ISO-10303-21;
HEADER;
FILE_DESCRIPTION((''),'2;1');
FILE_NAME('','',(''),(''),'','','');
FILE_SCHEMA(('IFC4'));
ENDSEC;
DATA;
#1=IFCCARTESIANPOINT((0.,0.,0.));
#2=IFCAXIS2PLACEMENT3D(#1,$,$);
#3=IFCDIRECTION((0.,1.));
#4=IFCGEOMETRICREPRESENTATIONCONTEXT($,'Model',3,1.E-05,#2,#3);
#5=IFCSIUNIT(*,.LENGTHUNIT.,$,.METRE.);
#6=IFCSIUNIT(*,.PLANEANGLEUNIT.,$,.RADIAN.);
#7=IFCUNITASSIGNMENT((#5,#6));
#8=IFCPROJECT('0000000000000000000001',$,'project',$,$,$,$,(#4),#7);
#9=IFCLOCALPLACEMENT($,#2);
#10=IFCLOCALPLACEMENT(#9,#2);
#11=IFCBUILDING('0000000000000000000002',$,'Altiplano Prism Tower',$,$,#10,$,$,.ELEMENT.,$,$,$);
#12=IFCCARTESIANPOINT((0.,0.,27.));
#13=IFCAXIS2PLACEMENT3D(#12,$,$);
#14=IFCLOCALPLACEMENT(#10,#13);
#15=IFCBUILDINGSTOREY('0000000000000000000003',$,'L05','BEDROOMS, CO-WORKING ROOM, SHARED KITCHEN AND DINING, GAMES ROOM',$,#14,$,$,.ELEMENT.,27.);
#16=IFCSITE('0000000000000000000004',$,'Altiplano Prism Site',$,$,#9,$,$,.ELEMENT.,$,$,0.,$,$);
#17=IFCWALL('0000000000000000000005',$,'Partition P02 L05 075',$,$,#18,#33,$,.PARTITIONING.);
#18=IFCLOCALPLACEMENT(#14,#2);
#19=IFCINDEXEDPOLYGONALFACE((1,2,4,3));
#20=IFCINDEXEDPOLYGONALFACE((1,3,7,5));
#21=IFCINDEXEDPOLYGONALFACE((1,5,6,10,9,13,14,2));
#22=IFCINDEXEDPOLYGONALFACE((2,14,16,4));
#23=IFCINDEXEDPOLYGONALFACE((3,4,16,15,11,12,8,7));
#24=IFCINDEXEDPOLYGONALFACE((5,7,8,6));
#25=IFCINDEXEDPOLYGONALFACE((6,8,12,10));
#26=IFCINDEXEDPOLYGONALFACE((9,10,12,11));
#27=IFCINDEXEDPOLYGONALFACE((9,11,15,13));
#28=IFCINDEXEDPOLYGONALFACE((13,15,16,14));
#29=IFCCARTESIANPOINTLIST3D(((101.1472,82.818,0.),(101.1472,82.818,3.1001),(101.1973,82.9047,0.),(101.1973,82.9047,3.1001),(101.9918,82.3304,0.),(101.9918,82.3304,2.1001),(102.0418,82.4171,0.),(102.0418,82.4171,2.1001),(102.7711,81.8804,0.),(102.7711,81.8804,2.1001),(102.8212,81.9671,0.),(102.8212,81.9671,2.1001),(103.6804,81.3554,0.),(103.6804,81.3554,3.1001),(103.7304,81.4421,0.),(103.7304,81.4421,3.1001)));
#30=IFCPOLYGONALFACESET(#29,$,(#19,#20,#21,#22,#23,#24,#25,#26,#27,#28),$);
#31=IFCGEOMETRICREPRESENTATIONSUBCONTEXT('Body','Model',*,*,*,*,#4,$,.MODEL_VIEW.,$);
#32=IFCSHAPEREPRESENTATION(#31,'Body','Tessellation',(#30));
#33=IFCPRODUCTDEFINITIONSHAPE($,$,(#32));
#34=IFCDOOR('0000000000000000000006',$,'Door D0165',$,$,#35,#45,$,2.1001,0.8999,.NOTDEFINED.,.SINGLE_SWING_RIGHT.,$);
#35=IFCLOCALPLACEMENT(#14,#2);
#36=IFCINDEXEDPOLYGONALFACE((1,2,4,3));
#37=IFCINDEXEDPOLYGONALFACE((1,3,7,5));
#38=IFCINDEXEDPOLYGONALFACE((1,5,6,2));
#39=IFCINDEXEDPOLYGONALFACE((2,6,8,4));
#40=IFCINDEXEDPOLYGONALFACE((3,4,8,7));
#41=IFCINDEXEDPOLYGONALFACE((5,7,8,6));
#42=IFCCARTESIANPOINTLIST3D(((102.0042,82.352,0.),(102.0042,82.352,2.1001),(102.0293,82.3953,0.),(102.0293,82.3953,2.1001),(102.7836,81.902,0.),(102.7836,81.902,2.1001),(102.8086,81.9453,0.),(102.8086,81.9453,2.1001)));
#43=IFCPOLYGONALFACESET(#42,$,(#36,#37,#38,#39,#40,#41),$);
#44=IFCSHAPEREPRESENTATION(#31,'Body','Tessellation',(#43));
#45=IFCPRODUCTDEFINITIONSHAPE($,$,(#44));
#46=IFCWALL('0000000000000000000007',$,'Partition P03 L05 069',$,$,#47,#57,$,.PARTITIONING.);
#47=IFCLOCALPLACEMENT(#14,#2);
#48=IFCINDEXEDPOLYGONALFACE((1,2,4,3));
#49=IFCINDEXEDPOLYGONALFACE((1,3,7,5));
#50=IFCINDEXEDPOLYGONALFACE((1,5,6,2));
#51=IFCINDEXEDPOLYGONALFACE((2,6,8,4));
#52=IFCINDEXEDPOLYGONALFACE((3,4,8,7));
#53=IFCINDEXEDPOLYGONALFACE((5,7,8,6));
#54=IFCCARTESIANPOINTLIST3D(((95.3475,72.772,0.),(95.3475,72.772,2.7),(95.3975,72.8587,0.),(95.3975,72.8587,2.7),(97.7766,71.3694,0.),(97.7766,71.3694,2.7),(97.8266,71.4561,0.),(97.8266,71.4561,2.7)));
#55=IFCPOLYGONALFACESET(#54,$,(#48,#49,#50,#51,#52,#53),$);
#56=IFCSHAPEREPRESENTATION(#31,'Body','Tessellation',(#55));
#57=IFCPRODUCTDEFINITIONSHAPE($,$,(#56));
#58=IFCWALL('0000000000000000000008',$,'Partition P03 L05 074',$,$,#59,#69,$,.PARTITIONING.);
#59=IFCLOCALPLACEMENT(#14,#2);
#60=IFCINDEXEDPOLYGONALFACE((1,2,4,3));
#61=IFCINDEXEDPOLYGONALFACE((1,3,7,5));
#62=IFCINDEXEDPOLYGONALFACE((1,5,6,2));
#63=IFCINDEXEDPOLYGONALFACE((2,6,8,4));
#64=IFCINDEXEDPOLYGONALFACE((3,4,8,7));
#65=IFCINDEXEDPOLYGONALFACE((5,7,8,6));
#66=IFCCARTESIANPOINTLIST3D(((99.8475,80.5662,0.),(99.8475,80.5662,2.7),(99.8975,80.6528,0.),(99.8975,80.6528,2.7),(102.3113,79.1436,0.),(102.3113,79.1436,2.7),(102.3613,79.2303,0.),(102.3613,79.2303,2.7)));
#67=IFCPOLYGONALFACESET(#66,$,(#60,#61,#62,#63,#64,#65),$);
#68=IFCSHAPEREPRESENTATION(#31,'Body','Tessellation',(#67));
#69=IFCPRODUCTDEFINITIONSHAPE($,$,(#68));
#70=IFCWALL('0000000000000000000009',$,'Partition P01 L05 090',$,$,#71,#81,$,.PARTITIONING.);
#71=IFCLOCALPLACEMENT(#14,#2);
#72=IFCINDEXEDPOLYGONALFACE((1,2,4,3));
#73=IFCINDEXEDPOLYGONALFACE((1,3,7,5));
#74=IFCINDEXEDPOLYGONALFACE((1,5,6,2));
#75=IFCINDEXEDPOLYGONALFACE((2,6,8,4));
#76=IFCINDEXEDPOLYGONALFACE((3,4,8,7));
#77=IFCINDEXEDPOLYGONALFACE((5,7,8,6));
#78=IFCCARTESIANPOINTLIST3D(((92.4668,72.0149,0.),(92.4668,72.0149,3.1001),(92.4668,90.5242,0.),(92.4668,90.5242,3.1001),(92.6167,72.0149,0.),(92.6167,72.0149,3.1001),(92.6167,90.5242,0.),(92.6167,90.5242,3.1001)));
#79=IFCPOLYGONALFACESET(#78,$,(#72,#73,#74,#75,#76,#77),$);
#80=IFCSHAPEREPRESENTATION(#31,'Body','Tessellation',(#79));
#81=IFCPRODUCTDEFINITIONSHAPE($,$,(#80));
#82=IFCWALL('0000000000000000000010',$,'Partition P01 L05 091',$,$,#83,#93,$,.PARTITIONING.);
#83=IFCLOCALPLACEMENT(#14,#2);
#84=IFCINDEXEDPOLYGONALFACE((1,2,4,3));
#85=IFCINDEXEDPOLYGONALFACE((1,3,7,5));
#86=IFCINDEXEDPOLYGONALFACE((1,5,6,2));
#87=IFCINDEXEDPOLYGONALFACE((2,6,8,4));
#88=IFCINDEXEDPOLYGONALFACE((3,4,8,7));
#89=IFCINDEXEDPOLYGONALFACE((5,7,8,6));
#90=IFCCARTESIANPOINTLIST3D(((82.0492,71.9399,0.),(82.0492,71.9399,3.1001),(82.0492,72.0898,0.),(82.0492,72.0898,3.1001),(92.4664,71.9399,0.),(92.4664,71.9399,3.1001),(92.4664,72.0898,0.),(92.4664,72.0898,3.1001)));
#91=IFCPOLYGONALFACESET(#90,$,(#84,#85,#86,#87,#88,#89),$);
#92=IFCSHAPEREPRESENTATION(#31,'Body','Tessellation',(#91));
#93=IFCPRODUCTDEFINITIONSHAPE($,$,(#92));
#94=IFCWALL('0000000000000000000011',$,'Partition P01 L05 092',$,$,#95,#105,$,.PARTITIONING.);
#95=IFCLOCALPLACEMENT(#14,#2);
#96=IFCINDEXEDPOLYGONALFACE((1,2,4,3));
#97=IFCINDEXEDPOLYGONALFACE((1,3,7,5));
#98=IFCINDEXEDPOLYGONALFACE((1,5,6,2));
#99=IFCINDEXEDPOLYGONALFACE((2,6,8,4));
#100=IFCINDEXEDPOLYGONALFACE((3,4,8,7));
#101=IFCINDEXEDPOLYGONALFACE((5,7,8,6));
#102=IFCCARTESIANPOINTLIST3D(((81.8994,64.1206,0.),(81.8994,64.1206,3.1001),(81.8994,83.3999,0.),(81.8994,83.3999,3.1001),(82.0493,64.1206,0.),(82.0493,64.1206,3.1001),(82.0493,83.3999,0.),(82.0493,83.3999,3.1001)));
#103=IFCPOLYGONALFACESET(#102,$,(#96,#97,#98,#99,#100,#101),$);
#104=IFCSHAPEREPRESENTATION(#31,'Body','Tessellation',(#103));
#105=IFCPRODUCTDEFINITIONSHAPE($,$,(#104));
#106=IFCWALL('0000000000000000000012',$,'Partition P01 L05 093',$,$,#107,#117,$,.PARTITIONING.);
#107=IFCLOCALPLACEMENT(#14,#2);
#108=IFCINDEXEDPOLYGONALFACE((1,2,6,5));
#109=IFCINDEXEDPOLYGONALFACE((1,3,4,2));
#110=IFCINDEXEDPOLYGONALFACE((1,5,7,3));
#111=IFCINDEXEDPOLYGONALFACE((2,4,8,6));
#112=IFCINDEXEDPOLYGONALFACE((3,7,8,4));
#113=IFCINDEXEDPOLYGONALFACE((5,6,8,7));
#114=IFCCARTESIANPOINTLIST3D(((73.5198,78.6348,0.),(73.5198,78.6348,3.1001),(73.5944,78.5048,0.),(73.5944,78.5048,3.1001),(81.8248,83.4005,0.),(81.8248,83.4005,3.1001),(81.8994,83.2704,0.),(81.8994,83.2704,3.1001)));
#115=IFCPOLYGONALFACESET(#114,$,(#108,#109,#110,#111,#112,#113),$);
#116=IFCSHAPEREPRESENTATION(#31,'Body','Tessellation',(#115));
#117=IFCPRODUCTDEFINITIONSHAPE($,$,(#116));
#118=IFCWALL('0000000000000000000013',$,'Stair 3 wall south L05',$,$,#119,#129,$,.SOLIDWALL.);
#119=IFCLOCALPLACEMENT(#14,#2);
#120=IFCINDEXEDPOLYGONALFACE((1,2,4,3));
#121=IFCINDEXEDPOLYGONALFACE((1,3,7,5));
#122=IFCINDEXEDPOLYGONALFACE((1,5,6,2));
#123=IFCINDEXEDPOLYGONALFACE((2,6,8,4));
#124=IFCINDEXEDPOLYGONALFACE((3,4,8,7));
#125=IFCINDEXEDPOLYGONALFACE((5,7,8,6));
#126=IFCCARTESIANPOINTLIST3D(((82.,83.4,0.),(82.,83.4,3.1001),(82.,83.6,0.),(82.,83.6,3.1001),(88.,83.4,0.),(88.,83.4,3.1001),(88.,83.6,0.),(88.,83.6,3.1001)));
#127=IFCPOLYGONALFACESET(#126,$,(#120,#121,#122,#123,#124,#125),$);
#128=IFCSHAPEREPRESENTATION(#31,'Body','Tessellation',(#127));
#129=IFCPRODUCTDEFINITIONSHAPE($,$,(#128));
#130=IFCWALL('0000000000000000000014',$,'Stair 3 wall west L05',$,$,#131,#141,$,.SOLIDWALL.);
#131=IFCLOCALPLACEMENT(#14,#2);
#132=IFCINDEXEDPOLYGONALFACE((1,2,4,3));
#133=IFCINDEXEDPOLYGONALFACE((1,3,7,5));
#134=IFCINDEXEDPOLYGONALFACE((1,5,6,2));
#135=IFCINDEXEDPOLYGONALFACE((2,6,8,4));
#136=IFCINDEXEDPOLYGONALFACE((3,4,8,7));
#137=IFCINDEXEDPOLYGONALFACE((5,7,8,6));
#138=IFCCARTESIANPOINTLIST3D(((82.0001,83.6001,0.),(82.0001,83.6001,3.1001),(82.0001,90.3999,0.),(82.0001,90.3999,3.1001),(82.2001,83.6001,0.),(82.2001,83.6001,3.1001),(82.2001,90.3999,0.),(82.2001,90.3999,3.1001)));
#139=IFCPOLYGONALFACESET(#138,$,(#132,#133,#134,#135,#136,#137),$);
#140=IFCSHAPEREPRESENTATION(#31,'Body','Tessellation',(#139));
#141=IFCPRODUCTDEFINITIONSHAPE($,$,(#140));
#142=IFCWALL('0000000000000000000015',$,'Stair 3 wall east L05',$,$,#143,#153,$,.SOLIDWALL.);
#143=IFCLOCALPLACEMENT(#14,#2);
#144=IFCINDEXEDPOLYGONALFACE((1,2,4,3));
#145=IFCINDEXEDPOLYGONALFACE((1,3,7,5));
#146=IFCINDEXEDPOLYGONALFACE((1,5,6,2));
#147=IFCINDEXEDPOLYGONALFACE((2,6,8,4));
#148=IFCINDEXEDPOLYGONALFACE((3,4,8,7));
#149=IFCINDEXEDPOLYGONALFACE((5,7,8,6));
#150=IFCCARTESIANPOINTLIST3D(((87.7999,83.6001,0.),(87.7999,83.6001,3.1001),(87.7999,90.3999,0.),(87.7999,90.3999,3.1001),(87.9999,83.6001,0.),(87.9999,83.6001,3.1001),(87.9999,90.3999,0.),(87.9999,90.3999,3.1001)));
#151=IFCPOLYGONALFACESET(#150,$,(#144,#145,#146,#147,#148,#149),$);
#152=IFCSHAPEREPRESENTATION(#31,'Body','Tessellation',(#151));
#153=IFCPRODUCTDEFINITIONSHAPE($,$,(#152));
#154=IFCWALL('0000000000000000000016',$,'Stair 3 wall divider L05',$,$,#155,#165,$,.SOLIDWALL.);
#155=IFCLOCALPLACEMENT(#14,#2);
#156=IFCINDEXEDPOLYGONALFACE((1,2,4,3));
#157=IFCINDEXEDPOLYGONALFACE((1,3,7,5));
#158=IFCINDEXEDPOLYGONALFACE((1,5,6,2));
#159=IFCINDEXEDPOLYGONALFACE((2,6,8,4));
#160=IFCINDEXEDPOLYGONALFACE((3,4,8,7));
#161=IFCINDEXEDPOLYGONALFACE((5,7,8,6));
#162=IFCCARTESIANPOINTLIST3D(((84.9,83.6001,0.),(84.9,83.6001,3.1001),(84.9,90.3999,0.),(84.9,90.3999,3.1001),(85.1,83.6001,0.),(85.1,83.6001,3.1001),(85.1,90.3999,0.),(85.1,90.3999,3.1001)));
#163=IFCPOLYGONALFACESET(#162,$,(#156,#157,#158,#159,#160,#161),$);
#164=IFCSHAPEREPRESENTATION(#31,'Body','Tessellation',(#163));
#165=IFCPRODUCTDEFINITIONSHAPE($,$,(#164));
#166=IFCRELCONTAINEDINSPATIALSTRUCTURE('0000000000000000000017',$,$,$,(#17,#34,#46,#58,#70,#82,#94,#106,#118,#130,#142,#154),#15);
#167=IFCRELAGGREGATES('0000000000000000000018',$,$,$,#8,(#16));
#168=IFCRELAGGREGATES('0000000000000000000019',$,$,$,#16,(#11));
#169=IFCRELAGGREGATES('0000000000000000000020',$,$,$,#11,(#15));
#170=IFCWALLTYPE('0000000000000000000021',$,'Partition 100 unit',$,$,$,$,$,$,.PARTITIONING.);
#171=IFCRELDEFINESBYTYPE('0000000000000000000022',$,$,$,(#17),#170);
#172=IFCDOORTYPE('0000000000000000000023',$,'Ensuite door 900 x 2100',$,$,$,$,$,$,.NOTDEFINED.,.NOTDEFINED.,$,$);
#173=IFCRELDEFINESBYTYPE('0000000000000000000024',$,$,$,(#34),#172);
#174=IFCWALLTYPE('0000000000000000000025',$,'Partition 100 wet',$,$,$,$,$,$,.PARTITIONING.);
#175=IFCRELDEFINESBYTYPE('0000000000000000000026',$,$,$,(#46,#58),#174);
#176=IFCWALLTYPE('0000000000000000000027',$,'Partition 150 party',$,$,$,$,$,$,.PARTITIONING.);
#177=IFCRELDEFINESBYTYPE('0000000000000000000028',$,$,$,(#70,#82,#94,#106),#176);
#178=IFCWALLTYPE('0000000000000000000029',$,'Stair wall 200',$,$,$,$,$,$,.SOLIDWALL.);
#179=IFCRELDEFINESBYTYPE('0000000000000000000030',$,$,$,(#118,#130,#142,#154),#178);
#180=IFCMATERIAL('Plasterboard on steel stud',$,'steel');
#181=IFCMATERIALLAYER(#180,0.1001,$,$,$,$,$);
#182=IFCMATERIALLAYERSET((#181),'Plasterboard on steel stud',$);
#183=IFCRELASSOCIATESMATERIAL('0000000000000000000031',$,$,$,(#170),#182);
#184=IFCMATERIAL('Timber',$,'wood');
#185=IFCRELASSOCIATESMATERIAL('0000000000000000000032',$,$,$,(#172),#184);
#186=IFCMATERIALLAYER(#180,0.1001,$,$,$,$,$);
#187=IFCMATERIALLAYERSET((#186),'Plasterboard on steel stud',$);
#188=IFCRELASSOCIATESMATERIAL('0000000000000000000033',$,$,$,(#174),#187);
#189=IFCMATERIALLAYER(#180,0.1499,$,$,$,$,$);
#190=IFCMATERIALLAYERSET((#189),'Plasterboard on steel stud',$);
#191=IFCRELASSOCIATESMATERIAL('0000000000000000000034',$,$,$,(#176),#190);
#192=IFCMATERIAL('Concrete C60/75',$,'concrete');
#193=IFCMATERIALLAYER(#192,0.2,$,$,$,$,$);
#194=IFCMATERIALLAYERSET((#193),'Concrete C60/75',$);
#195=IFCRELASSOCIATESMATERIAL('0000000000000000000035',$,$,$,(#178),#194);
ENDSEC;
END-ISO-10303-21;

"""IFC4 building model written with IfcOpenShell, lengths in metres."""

from ifc_helpers import new_model, si_unit, direction, frame, frame_2d, origin, place, context, subcontext, project, spatial, rectangle, extrude, material, layer, layer_set, type_object, element, fill, save


model = new_model("IFC4")

# Units and contexts
model_context = context("Model", 3, precision=1e-05, world=origin(), true_north=direction((0.0, 1.0)))
body_context = subcontext(model_context, "Body", "Model", "MODEL_VIEW")
ifc_project = project(units=[si_unit("LENGTHUNIT", "METRE"), si_unit("PLANEANGLEUNIT", "RADIAN")], contexts=[model_context])

# Site, building, storey
site_placement = place(None, origin())
site = spatial("IfcSite", under=ifc_project, at=site_placement, Name="Altiplano Prism Site", CompositionType="ELEMENT", RefElevation=0.0)
building_placement = place(site_placement, origin())
building = spatial("IfcBuilding", under=site, at=building_placement, Name="Altiplano Prism Tower", CompositionType="ELEMENT")
storey_placement = place(building_placement, frame((0.0, 0.0, 27.0)))
storey = spatial("IfcBuildingStorey", under=building, at=storey_placement, Name="L05", Description="BEDROOMS, CO-WORKING ROOM, SHARED KITCHEN AND DINING, GAMES ROOM", CompositionType="ELEMENT", Elevation=27.0)

# Shared definitions
ifc_material_1 = material(Name="Concrete C60/75", Category="concrete")

# Shared definitions
ifc_material_2 = material(Name="Plasterboard on steel stud", Category="steel")
ifc_layer_1 = layer(ifc_material_2, 0.1001)
ifc_layer_set_1 = layer_set([ifc_layer_1], Name="Plasterboard on steel stud")
wall_type_1 = type_object("IfcWallType", Name="Partition 100 unit", PredefinedType="PARTITIONING", material=ifc_layer_set_1)

# Wall, opening, door
ifc_material_3 = material(Name="Timber", Category="wood")
door_type = type_object("IfcDoorType", Name="Ensuite door 900 x 2100", OperationType="NOTDEFINED", PredefinedType="NOTDEFINED", material=ifc_material_3)
wall_1_placement = place(storey_placement, frame((101.1724, 82.8613, 0.0), z_axis=(0.0, 0.0, 1.0), x_axis=(0.86601, -0.500026, 0.0)))
wall_1 = element("IfcWall", 1, at=wall_1_placement, inside=storey, type_object=wall_type_1, Name="Partition P02 L05 075", PredefinedType="PARTITIONING", context=body_context, shape_type="SweptSolid", body=[
    extrude(rectangle(XDim=2.925, YDim=0.1001, at=frame_2d((1.4624, 0.0))), origin(), (0.0, 0.0, 1.0), 3.1001),
])
opening_1_placement = place(wall_1_placement, frame((0.9751, 0.0, 0.0)))
opening_1 = element("IfcOpeningElement", 2, at=opening_1_placement, cuts=wall_1, PredefinedType="OPENING", context=body_context, shape_type="SweptSolid", body=[
    extrude(rectangle(XDim=0.8999, YDim=2.1001, at=frame_2d((0.45, 1.05))), frame((0.0, 0.0605, 0.0), z_axis=(0.0, -1.0, 0.0), x_axis=(1.0, 0.0, 0.0)), (0.0, 0.0, 1.0), 0.1211),
])
door_1_placement = place(opening_1_placement, origin())
door_1 = element("IfcDoor", 3, at=door_1_placement, inside=storey, type_object=door_type, Name="Door D0165", OperationType="SINGLE_SWING_RIGHT", OverallHeight=2.1001, OverallWidth=0.8999, PredefinedType="NOTDEFINED", context=body_context, shape_type="SweptSolid", body=[
    extrude(rectangle(XDim=0.8999, YDim=2.1001, at=frame_2d((0.45, 1.05))), frame((0.0, 0.0249, 0.0), z_axis=(0.0, -1.0, 0.0), x_axis=(1.0, 0.0, 0.0)), (0.0, 0.0, 1.0), 0.05),
])
fill(opening_1, door_1)

# Walls
ifc_layer_2 = layer(ifc_material_2, 0.1001)
ifc_layer_set_2 = layer_set([ifc_layer_2], Name="Plasterboard on steel stud")
wall_type_2 = type_object("IfcWallType", Name="Partition 100 wet", PredefinedType="PARTITIONING", material=ifc_layer_set_2)
wall_2_placement = place(storey_placement, frame((97.8015, 71.4128, 0.0), z_axis=(0.0, 0.0, 1.0), x_axis=(-0.866012, 0.500024, 0.0)))
element("IfcWall", 4, at=wall_2_placement, inside=storey, type_object=wall_type_2, Name="Partition P03 L05 069", PredefinedType="PARTITIONING", context=body_context, shape_type="SweptSolid", body=[
    extrude(rectangle(XDim=2.8049, YDim=0.1001, at=frame_2d((1.4023, 0.0))), origin(), (0.0, 0.0, 1.0), 2.7),
])
wall_3_placement = place(storey_placement, frame((102.3362, 79.187, 0.0), z_axis=(0.0, 0.0, 1.0), x_axis=(-0.866011, 0.500025, 0.0)))
element("IfcWall", 5, at=wall_3_placement, inside=storey, type_object=wall_type_2, Name="Partition P03 L05 074", PredefinedType="PARTITIONING", context=body_context, shape_type="SweptSolid", body=[
    extrude(rectangle(XDim=2.845, YDim=0.1001, at=frame_2d((1.4224, 0.0))), origin(), (0.0, 0.0, 1.0), 2.7),
])
ifc_layer_3 = layer(ifc_material_2, 0.1499)
ifc_layer_set_3 = layer_set([ifc_layer_3], Name="Plasterboard on steel stud")
wall_type_3 = type_object("IfcWallType", Name="Partition 150 party", PredefinedType="PARTITIONING", material=ifc_layer_set_3)
wall_4_placement = place(storey_placement, frame((92.5417, 72.0149, 0.0), z_axis=(0.0, 0.0, 1.0), x_axis=(0.0, 1.0, 0.0)))
element("IfcWall", 6, at=wall_4_placement, inside=storey, type_object=wall_type_3, Name="Partition P01 L05 090", PredefinedType="PARTITIONING", context=body_context, shape_type="SweptSolid", body=[
    extrude(rectangle(XDim=18.5093, YDim=0.1499, at=frame_2d((9.2546, 0.0))), origin(), (0.0, 0.0, 1.0), 3.1001),
])
wall_5_placement = place(storey_placement, frame((82.0493, 72.0149, 0.0), z_axis=(0.0, 0.0, 1.0), x_axis=(1.0, 0.0, 0.0)))
element("IfcWall", 7, at=wall_5_placement, inside=storey, type_object=wall_type_3, Name="Partition P01 L05 091", PredefinedType="PARTITIONING", context=body_context, shape_type="SweptSolid", body=[
    extrude(rectangle(XDim=10.4172, YDim=0.1499, at=frame_2d((5.2085, 0.0))), origin(), (0.0, 0.0, 1.0), 3.1001),
])
wall_6_placement = place(storey_placement, frame((81.9744, 83.3999, 0.0), z_axis=(0.0, 0.0, 1.0), x_axis=(0.0, -1.0, 0.0)))
element("IfcWall", 8, at=wall_6_placement, inside=storey, type_object=wall_type_3, Name="Partition P01 L05 092", PredefinedType="PARTITIONING", context=body_context, shape_type="SweptSolid", body=[
    extrude(rectangle(XDim=19.2793, YDim=0.1499, at=frame_2d((9.6396, 0.0))), origin(), (0.0, 0.0, 1.0), 3.1001),
])
wall_7_placement = place(storey_placement, frame((81.8621, 83.3354, 0.0), z_axis=(0.0, 0.0, 1.0), x_axis=(-0.867344, -0.497709, 0.0)))
element("IfcWall", 9, at=wall_7_placement, inside=storey, type_object=wall_type_3, Name="Partition P01 L05 093", PredefinedType="PARTITIONING", context=body_context, shape_type="SweptSolid", body=[
    extrude(rectangle(XDim=9.5752, YDim=0.1499, at=frame_2d((4.7876, 0.0))), origin(), (0.0, 0.0, 1.0), 3.1001),
])
ifc_layer_4 = layer(ifc_material_1, 0.2)
ifc_layer_set_4 = layer_set([ifc_layer_4], Name="Concrete C60/75")
wall_type_4 = type_object("IfcWallType", Name="Stair wall 200", PredefinedType="SOLIDWALL", material=ifc_layer_set_4)
wall_8_placement = place(storey_placement, frame((82.0, 83.5, 0.0), z_axis=(0.0, 0.0, 1.0), x_axis=(1.0, 0.0, 0.0)))
element("IfcWall", 10, at=wall_8_placement, inside=storey, type_object=wall_type_4, Name="Stair 3 wall south L05", PredefinedType="SOLIDWALL", context=body_context, shape_type="SweptSolid", body=[
    extrude(rectangle(XDim=6.0, YDim=0.2, at=frame_2d((3.0, 0.0))), origin(), (0.0, 0.0, 1.0), 3.1001),
])
for number, where, z_axis, x_axis, name in (
    (11, (82.1001, 83.6001, 0.0), (0.0, 0.0, 1.0), (0.0, 1.0, 0.0), "Stair 3 wall west L05"),
    (12, (87.8999, 83.6001, 0.0), (0.0, 0.0, 1.0), (0.0, 1.0, 0.0), "Stair 3 wall east L05"),
    (13, (85.0, 83.6001, 0.0), (0.0, 0.0, 1.0), (0.0, 1.0, 0.0), "Stair 3 wall divider L05"),
):
    element("IfcWall", number, at=place(storey_placement, frame(where, z_axis=z_axis, x_axis=x_axis)), inside=storey, type_object=wall_type_4, Name=name, PredefinedType="SOLIDWALL", context=body_context, shape_type="SweptSolid", body=[
        extrude(rectangle(XDim=6.7998, YDim=0.2, at=frame_2d((3.3999, 0.0))), origin(), (0.0, 0.0, 1.0), 3.1001),
    ])

save(model, "model.ifc")
